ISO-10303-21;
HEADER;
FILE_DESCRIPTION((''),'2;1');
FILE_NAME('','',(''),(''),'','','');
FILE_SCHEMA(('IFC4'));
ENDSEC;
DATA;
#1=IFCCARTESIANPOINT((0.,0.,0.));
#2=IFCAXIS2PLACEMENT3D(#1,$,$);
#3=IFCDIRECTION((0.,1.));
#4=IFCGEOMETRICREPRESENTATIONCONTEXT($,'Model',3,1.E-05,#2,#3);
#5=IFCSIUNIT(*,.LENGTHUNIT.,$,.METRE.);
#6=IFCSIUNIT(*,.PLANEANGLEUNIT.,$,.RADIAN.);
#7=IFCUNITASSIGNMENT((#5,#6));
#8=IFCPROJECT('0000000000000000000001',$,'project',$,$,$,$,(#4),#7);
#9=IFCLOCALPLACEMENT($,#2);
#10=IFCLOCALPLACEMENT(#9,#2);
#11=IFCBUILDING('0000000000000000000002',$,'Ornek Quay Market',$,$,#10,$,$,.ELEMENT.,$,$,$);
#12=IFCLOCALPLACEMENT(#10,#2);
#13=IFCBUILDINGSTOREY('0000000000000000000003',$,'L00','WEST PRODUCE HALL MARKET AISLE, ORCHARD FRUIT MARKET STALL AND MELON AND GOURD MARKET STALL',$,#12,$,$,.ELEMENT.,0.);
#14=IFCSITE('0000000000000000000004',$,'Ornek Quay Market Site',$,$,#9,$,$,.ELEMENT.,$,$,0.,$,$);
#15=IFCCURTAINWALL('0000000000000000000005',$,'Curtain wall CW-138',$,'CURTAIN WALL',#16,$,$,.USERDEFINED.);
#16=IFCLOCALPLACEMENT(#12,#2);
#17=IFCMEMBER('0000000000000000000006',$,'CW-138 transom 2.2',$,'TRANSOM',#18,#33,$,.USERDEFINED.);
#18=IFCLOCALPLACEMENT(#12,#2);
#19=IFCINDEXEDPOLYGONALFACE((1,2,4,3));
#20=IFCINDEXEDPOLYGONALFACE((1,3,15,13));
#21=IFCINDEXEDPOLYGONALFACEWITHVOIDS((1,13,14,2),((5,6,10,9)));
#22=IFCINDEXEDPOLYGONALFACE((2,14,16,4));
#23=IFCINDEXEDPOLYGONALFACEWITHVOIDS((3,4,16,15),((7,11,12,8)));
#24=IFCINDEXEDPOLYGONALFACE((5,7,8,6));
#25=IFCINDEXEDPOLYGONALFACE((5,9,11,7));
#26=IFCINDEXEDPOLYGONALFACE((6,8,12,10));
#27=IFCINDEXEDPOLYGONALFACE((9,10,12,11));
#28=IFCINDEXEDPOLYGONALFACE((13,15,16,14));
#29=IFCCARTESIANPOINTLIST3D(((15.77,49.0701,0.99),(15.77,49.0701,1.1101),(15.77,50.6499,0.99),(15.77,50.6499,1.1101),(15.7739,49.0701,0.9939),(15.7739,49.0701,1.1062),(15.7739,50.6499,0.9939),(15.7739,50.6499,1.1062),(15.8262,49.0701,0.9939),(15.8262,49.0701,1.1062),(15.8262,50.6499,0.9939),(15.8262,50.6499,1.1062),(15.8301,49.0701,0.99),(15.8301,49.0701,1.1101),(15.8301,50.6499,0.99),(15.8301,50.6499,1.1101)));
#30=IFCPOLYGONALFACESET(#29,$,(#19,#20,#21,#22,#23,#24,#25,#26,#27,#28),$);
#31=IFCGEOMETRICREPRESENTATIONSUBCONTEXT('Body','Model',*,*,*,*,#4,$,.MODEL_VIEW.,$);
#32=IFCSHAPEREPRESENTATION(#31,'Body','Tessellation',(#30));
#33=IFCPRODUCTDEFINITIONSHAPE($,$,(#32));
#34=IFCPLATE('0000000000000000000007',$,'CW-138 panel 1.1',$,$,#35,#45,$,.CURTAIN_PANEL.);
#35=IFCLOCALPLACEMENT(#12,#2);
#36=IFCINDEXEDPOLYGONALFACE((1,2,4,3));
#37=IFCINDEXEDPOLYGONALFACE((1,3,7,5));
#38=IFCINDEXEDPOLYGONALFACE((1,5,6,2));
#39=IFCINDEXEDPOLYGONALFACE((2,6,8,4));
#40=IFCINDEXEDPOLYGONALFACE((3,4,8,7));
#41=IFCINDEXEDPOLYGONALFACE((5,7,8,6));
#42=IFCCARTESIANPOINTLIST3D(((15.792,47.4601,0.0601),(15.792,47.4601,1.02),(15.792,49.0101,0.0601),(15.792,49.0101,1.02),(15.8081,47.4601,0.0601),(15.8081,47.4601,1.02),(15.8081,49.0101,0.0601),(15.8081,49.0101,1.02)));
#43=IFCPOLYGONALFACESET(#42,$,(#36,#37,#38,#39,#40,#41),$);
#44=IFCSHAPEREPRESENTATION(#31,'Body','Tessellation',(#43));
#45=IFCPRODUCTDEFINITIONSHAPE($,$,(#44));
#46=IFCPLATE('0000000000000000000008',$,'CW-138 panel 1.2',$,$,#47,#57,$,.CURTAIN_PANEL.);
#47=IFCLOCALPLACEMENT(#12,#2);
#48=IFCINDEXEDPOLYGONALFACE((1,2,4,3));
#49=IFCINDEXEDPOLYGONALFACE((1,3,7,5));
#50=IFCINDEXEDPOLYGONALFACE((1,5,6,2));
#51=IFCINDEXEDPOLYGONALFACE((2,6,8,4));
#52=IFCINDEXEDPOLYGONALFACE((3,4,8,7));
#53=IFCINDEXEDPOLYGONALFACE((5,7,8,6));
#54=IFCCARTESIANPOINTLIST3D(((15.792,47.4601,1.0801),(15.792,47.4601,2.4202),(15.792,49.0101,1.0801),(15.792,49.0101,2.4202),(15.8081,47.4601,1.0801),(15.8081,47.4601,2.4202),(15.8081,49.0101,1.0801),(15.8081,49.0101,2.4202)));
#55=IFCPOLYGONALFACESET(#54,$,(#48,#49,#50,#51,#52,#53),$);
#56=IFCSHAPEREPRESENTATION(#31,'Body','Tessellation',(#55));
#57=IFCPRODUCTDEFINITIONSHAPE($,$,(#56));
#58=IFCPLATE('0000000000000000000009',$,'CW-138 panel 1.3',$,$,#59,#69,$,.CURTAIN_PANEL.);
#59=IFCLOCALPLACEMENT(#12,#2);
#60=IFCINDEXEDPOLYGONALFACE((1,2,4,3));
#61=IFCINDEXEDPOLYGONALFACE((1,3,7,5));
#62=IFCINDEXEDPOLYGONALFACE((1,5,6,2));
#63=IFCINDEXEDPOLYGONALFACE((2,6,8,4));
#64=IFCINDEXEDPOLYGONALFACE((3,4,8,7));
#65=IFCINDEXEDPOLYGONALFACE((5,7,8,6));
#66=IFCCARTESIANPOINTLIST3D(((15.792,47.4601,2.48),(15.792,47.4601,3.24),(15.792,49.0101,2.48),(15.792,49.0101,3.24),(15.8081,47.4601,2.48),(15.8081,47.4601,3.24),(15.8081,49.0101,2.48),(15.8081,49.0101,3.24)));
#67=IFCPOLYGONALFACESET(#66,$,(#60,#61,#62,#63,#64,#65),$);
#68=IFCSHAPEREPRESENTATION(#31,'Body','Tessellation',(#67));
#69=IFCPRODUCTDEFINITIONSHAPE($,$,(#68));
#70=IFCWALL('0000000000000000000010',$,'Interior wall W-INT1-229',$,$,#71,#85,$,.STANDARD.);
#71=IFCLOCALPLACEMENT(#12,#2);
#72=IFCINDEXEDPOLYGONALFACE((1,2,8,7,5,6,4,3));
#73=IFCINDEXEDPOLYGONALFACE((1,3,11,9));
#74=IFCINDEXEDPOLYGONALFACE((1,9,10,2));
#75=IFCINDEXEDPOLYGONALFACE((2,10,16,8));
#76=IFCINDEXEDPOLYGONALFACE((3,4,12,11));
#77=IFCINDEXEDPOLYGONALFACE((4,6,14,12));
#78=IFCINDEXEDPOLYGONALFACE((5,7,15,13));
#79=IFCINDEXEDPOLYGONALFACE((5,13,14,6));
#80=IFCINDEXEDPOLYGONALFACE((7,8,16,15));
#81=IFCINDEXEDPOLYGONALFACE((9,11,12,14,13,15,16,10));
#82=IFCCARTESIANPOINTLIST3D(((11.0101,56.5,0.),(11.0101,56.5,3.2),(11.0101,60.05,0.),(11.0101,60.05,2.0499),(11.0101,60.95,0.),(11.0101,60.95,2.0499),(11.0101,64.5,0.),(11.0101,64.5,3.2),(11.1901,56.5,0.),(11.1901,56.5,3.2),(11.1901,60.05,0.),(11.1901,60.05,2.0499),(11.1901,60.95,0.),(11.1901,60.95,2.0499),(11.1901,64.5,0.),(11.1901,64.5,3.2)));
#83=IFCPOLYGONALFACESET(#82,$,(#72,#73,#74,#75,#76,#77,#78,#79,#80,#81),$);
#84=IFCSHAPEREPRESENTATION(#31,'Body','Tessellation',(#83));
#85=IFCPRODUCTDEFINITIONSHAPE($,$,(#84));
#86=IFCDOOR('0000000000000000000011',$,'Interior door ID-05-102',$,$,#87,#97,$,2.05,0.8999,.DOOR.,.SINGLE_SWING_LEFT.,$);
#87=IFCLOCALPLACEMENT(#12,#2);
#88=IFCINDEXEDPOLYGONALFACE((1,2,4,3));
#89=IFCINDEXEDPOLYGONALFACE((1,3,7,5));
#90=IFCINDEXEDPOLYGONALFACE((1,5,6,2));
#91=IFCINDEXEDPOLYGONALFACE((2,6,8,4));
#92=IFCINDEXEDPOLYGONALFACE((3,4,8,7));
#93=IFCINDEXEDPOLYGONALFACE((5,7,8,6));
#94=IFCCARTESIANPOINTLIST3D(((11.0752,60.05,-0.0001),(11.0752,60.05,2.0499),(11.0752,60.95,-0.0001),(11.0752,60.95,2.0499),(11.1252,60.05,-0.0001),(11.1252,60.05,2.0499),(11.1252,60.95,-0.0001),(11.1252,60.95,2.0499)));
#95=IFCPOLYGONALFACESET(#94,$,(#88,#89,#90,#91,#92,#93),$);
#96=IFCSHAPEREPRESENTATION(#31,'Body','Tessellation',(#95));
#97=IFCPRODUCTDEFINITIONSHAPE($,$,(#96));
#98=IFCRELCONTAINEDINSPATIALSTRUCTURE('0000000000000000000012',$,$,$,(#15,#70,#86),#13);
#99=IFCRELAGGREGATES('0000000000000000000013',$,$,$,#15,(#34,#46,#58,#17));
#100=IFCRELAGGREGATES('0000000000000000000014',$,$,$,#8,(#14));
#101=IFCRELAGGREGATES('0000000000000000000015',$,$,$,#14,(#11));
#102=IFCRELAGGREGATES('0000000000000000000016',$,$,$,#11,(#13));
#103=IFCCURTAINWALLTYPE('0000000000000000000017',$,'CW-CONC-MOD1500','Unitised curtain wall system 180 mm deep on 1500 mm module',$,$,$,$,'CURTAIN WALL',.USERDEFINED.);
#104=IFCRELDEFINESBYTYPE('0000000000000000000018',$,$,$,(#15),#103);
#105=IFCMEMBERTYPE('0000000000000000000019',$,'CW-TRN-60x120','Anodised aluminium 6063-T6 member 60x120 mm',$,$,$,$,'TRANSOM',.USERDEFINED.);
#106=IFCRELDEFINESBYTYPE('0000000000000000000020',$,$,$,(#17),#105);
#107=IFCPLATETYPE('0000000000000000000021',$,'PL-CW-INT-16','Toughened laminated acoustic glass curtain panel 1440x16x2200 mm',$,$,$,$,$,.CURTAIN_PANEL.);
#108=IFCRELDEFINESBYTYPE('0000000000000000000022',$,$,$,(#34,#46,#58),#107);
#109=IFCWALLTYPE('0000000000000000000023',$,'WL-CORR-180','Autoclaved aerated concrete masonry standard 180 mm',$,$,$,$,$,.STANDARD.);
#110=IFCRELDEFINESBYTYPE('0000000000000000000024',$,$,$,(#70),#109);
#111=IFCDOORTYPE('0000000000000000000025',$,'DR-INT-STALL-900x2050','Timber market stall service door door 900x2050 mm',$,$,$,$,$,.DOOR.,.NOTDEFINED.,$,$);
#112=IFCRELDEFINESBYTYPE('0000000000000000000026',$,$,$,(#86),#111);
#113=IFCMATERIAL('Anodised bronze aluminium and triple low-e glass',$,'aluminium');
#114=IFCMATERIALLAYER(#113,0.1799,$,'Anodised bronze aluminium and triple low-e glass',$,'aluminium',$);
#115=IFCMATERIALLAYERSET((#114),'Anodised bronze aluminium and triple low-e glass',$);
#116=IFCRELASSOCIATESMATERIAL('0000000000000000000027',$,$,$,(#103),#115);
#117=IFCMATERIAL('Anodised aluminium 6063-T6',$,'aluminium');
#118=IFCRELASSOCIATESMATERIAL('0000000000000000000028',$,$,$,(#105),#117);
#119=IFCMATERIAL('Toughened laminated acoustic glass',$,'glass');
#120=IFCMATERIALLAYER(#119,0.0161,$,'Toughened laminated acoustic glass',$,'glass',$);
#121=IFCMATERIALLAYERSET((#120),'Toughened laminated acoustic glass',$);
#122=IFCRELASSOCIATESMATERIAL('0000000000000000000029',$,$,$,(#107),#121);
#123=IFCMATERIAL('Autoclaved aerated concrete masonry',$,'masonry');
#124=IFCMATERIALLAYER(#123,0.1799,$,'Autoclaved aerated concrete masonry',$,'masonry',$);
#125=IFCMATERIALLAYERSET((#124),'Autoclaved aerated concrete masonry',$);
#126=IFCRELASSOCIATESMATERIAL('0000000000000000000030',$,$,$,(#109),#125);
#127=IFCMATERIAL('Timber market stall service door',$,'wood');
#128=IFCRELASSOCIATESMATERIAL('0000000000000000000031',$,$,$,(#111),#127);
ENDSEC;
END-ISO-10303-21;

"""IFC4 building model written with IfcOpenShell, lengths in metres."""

from ifc_helpers import new_model, si_unit, direction, frame, frame_2d, origin, origin_2d, place, context, subcontext, project, spatial, rectangle, hollow_rectangle, extrude, material, layer, layer_set, material_profile, profile_set, type_object, element, fill, aggregate, save


model = new_model("IFC4")

# Units and contexts
model_context = context("Model", 3, precision=1e-05, world=origin(), true_north=direction((0.0, 1.0)))
body_context = subcontext(model_context, "Body", "Model", "MODEL_VIEW")
ifc_project = project(units=[si_unit("LENGTHUNIT", "METRE"), si_unit("PLANEANGLEUNIT", "RADIAN")], contexts=[model_context])

# Site, building, storey
site_placement = place(None, origin())
site = spatial("IfcSite", under=ifc_project, at=site_placement, Name="Ornek Quay Market Site", CompositionType="ELEMENT", RefElevation=0.0)
building_placement = place(site_placement, origin())
building = spatial("IfcBuilding", under=site, at=building_placement, Name="Ornek Quay Market", CompositionType="ELEMENT")
storey_placement = place(building_placement, origin())
storey = spatial("IfcBuildingStorey", under=building, at=storey_placement, Name="L00", Description="WEST PRODUCE HALL MARKET AISLE, ORCHARD FRUIT MARKET STALL AND MELON AND GOURD MARKET STALL", CompositionType="ELEMENT", Elevation=0.0)

# Curtain wall, member, plates
ifc_material_1 = material(Name="Anodised bronze aluminium and triple low-e glass", Category="aluminium")
ifc_layer_1 = layer(ifc_material_1, 0.1799, Name="Anodised bronze aluminium and triple low-e glass", Category="aluminium")
ifc_layer_set_1 = layer_set([ifc_layer_1], Name="Anodised bronze aluminium and triple low-e glass")
curtain_wall_type = type_object("IfcCurtainWallType", Name="CW-CONC-MOD1500", Description="Unitised curtain wall system 180 mm deep on 1500 mm module", ElementType="CURTAIN WALL", PredefinedType="USERDEFINED", material=ifc_layer_set_1)
curtain_wall_placement = place(storey_placement, origin())
curtain_wall = element("IfcCurtainWall", 1, at=curtain_wall_placement, inside=storey, type_object=curtain_wall_type, Name="Curtain wall CW-138", ObjectType="CURTAIN WALL", PredefinedType="USERDEFINED")
ifc_material_2 = material(Name="Anodised aluminium 6063-T6", Category="aluminium")
ifc_material_profile_1 = material_profile(ifc_material_2, hollow_rectangle(XDim=0.0601, YDim=0.1201, WallThickness=0.0039, at=origin_2d()), Name="CW-TRN-60x120", Category="aluminium")
ifc_profile_set_1 = profile_set([ifc_material_profile_1], Name="Anodised aluminium 6063-T6")
member_type_1 = type_object("IfcMemberType", Name="CW-TRN-60x120", Description="Anodised aluminium 6063-T6 member 60x120 mm", ElementType="TRANSOM", PredefinedType="USERDEFINED", material=ifc_profile_set_1)
member_1_placement = place(storey_placement, frame((15.8, 49.0701, 1.05), z_axis=(0.0, 1.0, 0.0), x_axis=(-1.0, 0.0, 0.0)))
member_1 = element("IfcMember", 2, at=member_1_placement, type_object=member_type_1, Name="CW-138 transom 2.2", ObjectType="TRANSOM", PredefinedType="USERDEFINED", context=body_context, shape_type="SweptSolid", body=[
    extrude(hollow_rectangle(XDim=0.0601, YDim=0.1201, WallThickness=0.0039, at=origin_2d()), origin(), (0.0, 0.0, 1.0), 1.5798),
])
ifc_material_3 = material(Name="Toughened laminated acoustic glass", Category="glass")
ifc_layer_2 = layer(ifc_material_3, 0.0161, Name="Toughened laminated acoustic glass", Category="glass")
ifc_layer_set_2 = layer_set([ifc_layer_2], Name="Toughened laminated acoustic glass")
plate_type = type_object("IfcPlateType", Name="PL-CW-INT-16", Description="Toughened laminated acoustic glass curtain panel 1440x16x2200 mm", PredefinedType="CURTAIN_PANEL", material=ifc_layer_set_2)
plate_1_placement = place(storey_placement, frame((15.8, 48.2351, 0.0601), z_axis=(0.0, 0.0, 1.0), x_axis=(0.0, 1.0, 0.0)))
plate_1 = element("IfcPlate", 3, at=plate_1_placement, type_object=plate_type, Name="CW-138 panel 1.1", PredefinedType="CURTAIN_PANEL", context=body_context, shape_type="SweptSolid", body=[
    extrude(rectangle(XDim=1.55, YDim=0.0161, at=origin_2d()), origin(), (0.0, 0.0, 1.0), 0.96),
])
plate_2_placement = place(storey_placement, frame((15.8, 48.2351, 1.0801), z_axis=(0.0, 0.0, 1.0), x_axis=(0.0, 1.0, 0.0)))
plate_2 = element("IfcPlate", 4, at=plate_2_placement, type_object=plate_type, Name="CW-138 panel 1.2", PredefinedType="CURTAIN_PANEL", context=body_context, shape_type="SweptSolid", body=[
    extrude(rectangle(XDim=1.55, YDim=0.0161, at=origin_2d()), origin(), (0.0, 0.0, 1.0), 1.3401),
])
plate_3_placement = place(storey_placement, frame((15.8, 48.2351, 2.48), z_axis=(0.0, 0.0, 1.0), x_axis=(0.0, 1.0, 0.0)))
plate_3 = element("IfcPlate", 5, at=plate_3_placement, type_object=plate_type, Name="CW-138 panel 1.3", PredefinedType="CURTAIN_PANEL", context=body_context, shape_type="SweptSolid", body=[
    extrude(rectangle(XDim=1.55, YDim=0.0161, at=origin_2d()), origin(), (0.0, 0.0, 1.0), 0.76),
])
aggregate(curtain_wall, [plate_1, plate_2, plate_3, member_1])

# Wall, opening, door
ifc_material_4 = material(Name="Autoclaved aerated concrete masonry", Category="masonry")
ifc_layer_3 = layer(ifc_material_4, 0.1799, Name="Autoclaved aerated concrete masonry", Category="masonry")
ifc_layer_set_3 = layer_set([ifc_layer_3], Name="Autoclaved aerated concrete masonry")
wall_type = type_object("IfcWallType", Name="WL-CORR-180", Description="Autoclaved aerated concrete masonry standard 180 mm", PredefinedType="STANDARD", material=ifc_layer_set_3)
wall_placement = place(storey_placement, frame((11.1001, 56.5, 0.0), z_axis=(0.0, 0.0, 1.0), x_axis=(0.0, 1.0, 0.0)))
wall = element("IfcWall", 6, at=wall_placement, inside=storey, type_object=wall_type, Name="Interior wall W-INT1-229", PredefinedType="STANDARD", context=body_context, shape_type="SweptSolid", body=[
    extrude(rectangle(XDim=8.0, YDim=0.1799, at=frame_2d((4.0, 0.0))), origin(), (0.0, 0.0, 1.0), 3.2),
])
opening_placement = place(wall_placement, frame((3.55, 0.0, 0.0)))
opening = element("IfcOpeningElement", 7, at=opening_placement, cuts=wall, PredefinedType="OPENING", context=body_context, shape_type="SweptSolid", body=[
    extrude(rectangle(XDim=0.8999, YDim=2.05, at=frame_2d((0.45, 1.0249))), frame((0.0, 0.0999, 0.0), z_axis=(0.0, -1.0, 0.0), x_axis=(1.0, 0.0, 0.0)), (0.0, 0.0, 1.0), 0.2),
])
ifc_material_5 = material(Name="Timber market stall service door", Category="wood")
door_type = type_object("IfcDoorType", Name="DR-INT-STALL-900x2050", Description="Timber market stall service door door 900x2050 mm", OperationType="NOTDEFINED", PredefinedType="DOOR", material=ifc_material_5)
door_placement = place(opening_placement, origin())
door = element("IfcDoor", 8, at=door_placement, inside=storey, type_object=door_type, Name="Interior door ID-05-102", OperationType="SINGLE_SWING_LEFT", OverallHeight=2.05, OverallWidth=0.8999, PredefinedType="DOOR", context=body_context, shape_type="SweptSolid", body=[
    extrude(rectangle(XDim=0.8999, YDim=2.05, at=frame_2d((0.45, 1.0249))), frame((0.0, 0.0249, 0.0), z_axis=(0.0, -1.0, 0.0), x_axis=(1.0, 0.0, 0.0)), (0.0, 0.0, 1.0), 0.05),
])
fill(opening, door)

save(model, "model.ifc")
